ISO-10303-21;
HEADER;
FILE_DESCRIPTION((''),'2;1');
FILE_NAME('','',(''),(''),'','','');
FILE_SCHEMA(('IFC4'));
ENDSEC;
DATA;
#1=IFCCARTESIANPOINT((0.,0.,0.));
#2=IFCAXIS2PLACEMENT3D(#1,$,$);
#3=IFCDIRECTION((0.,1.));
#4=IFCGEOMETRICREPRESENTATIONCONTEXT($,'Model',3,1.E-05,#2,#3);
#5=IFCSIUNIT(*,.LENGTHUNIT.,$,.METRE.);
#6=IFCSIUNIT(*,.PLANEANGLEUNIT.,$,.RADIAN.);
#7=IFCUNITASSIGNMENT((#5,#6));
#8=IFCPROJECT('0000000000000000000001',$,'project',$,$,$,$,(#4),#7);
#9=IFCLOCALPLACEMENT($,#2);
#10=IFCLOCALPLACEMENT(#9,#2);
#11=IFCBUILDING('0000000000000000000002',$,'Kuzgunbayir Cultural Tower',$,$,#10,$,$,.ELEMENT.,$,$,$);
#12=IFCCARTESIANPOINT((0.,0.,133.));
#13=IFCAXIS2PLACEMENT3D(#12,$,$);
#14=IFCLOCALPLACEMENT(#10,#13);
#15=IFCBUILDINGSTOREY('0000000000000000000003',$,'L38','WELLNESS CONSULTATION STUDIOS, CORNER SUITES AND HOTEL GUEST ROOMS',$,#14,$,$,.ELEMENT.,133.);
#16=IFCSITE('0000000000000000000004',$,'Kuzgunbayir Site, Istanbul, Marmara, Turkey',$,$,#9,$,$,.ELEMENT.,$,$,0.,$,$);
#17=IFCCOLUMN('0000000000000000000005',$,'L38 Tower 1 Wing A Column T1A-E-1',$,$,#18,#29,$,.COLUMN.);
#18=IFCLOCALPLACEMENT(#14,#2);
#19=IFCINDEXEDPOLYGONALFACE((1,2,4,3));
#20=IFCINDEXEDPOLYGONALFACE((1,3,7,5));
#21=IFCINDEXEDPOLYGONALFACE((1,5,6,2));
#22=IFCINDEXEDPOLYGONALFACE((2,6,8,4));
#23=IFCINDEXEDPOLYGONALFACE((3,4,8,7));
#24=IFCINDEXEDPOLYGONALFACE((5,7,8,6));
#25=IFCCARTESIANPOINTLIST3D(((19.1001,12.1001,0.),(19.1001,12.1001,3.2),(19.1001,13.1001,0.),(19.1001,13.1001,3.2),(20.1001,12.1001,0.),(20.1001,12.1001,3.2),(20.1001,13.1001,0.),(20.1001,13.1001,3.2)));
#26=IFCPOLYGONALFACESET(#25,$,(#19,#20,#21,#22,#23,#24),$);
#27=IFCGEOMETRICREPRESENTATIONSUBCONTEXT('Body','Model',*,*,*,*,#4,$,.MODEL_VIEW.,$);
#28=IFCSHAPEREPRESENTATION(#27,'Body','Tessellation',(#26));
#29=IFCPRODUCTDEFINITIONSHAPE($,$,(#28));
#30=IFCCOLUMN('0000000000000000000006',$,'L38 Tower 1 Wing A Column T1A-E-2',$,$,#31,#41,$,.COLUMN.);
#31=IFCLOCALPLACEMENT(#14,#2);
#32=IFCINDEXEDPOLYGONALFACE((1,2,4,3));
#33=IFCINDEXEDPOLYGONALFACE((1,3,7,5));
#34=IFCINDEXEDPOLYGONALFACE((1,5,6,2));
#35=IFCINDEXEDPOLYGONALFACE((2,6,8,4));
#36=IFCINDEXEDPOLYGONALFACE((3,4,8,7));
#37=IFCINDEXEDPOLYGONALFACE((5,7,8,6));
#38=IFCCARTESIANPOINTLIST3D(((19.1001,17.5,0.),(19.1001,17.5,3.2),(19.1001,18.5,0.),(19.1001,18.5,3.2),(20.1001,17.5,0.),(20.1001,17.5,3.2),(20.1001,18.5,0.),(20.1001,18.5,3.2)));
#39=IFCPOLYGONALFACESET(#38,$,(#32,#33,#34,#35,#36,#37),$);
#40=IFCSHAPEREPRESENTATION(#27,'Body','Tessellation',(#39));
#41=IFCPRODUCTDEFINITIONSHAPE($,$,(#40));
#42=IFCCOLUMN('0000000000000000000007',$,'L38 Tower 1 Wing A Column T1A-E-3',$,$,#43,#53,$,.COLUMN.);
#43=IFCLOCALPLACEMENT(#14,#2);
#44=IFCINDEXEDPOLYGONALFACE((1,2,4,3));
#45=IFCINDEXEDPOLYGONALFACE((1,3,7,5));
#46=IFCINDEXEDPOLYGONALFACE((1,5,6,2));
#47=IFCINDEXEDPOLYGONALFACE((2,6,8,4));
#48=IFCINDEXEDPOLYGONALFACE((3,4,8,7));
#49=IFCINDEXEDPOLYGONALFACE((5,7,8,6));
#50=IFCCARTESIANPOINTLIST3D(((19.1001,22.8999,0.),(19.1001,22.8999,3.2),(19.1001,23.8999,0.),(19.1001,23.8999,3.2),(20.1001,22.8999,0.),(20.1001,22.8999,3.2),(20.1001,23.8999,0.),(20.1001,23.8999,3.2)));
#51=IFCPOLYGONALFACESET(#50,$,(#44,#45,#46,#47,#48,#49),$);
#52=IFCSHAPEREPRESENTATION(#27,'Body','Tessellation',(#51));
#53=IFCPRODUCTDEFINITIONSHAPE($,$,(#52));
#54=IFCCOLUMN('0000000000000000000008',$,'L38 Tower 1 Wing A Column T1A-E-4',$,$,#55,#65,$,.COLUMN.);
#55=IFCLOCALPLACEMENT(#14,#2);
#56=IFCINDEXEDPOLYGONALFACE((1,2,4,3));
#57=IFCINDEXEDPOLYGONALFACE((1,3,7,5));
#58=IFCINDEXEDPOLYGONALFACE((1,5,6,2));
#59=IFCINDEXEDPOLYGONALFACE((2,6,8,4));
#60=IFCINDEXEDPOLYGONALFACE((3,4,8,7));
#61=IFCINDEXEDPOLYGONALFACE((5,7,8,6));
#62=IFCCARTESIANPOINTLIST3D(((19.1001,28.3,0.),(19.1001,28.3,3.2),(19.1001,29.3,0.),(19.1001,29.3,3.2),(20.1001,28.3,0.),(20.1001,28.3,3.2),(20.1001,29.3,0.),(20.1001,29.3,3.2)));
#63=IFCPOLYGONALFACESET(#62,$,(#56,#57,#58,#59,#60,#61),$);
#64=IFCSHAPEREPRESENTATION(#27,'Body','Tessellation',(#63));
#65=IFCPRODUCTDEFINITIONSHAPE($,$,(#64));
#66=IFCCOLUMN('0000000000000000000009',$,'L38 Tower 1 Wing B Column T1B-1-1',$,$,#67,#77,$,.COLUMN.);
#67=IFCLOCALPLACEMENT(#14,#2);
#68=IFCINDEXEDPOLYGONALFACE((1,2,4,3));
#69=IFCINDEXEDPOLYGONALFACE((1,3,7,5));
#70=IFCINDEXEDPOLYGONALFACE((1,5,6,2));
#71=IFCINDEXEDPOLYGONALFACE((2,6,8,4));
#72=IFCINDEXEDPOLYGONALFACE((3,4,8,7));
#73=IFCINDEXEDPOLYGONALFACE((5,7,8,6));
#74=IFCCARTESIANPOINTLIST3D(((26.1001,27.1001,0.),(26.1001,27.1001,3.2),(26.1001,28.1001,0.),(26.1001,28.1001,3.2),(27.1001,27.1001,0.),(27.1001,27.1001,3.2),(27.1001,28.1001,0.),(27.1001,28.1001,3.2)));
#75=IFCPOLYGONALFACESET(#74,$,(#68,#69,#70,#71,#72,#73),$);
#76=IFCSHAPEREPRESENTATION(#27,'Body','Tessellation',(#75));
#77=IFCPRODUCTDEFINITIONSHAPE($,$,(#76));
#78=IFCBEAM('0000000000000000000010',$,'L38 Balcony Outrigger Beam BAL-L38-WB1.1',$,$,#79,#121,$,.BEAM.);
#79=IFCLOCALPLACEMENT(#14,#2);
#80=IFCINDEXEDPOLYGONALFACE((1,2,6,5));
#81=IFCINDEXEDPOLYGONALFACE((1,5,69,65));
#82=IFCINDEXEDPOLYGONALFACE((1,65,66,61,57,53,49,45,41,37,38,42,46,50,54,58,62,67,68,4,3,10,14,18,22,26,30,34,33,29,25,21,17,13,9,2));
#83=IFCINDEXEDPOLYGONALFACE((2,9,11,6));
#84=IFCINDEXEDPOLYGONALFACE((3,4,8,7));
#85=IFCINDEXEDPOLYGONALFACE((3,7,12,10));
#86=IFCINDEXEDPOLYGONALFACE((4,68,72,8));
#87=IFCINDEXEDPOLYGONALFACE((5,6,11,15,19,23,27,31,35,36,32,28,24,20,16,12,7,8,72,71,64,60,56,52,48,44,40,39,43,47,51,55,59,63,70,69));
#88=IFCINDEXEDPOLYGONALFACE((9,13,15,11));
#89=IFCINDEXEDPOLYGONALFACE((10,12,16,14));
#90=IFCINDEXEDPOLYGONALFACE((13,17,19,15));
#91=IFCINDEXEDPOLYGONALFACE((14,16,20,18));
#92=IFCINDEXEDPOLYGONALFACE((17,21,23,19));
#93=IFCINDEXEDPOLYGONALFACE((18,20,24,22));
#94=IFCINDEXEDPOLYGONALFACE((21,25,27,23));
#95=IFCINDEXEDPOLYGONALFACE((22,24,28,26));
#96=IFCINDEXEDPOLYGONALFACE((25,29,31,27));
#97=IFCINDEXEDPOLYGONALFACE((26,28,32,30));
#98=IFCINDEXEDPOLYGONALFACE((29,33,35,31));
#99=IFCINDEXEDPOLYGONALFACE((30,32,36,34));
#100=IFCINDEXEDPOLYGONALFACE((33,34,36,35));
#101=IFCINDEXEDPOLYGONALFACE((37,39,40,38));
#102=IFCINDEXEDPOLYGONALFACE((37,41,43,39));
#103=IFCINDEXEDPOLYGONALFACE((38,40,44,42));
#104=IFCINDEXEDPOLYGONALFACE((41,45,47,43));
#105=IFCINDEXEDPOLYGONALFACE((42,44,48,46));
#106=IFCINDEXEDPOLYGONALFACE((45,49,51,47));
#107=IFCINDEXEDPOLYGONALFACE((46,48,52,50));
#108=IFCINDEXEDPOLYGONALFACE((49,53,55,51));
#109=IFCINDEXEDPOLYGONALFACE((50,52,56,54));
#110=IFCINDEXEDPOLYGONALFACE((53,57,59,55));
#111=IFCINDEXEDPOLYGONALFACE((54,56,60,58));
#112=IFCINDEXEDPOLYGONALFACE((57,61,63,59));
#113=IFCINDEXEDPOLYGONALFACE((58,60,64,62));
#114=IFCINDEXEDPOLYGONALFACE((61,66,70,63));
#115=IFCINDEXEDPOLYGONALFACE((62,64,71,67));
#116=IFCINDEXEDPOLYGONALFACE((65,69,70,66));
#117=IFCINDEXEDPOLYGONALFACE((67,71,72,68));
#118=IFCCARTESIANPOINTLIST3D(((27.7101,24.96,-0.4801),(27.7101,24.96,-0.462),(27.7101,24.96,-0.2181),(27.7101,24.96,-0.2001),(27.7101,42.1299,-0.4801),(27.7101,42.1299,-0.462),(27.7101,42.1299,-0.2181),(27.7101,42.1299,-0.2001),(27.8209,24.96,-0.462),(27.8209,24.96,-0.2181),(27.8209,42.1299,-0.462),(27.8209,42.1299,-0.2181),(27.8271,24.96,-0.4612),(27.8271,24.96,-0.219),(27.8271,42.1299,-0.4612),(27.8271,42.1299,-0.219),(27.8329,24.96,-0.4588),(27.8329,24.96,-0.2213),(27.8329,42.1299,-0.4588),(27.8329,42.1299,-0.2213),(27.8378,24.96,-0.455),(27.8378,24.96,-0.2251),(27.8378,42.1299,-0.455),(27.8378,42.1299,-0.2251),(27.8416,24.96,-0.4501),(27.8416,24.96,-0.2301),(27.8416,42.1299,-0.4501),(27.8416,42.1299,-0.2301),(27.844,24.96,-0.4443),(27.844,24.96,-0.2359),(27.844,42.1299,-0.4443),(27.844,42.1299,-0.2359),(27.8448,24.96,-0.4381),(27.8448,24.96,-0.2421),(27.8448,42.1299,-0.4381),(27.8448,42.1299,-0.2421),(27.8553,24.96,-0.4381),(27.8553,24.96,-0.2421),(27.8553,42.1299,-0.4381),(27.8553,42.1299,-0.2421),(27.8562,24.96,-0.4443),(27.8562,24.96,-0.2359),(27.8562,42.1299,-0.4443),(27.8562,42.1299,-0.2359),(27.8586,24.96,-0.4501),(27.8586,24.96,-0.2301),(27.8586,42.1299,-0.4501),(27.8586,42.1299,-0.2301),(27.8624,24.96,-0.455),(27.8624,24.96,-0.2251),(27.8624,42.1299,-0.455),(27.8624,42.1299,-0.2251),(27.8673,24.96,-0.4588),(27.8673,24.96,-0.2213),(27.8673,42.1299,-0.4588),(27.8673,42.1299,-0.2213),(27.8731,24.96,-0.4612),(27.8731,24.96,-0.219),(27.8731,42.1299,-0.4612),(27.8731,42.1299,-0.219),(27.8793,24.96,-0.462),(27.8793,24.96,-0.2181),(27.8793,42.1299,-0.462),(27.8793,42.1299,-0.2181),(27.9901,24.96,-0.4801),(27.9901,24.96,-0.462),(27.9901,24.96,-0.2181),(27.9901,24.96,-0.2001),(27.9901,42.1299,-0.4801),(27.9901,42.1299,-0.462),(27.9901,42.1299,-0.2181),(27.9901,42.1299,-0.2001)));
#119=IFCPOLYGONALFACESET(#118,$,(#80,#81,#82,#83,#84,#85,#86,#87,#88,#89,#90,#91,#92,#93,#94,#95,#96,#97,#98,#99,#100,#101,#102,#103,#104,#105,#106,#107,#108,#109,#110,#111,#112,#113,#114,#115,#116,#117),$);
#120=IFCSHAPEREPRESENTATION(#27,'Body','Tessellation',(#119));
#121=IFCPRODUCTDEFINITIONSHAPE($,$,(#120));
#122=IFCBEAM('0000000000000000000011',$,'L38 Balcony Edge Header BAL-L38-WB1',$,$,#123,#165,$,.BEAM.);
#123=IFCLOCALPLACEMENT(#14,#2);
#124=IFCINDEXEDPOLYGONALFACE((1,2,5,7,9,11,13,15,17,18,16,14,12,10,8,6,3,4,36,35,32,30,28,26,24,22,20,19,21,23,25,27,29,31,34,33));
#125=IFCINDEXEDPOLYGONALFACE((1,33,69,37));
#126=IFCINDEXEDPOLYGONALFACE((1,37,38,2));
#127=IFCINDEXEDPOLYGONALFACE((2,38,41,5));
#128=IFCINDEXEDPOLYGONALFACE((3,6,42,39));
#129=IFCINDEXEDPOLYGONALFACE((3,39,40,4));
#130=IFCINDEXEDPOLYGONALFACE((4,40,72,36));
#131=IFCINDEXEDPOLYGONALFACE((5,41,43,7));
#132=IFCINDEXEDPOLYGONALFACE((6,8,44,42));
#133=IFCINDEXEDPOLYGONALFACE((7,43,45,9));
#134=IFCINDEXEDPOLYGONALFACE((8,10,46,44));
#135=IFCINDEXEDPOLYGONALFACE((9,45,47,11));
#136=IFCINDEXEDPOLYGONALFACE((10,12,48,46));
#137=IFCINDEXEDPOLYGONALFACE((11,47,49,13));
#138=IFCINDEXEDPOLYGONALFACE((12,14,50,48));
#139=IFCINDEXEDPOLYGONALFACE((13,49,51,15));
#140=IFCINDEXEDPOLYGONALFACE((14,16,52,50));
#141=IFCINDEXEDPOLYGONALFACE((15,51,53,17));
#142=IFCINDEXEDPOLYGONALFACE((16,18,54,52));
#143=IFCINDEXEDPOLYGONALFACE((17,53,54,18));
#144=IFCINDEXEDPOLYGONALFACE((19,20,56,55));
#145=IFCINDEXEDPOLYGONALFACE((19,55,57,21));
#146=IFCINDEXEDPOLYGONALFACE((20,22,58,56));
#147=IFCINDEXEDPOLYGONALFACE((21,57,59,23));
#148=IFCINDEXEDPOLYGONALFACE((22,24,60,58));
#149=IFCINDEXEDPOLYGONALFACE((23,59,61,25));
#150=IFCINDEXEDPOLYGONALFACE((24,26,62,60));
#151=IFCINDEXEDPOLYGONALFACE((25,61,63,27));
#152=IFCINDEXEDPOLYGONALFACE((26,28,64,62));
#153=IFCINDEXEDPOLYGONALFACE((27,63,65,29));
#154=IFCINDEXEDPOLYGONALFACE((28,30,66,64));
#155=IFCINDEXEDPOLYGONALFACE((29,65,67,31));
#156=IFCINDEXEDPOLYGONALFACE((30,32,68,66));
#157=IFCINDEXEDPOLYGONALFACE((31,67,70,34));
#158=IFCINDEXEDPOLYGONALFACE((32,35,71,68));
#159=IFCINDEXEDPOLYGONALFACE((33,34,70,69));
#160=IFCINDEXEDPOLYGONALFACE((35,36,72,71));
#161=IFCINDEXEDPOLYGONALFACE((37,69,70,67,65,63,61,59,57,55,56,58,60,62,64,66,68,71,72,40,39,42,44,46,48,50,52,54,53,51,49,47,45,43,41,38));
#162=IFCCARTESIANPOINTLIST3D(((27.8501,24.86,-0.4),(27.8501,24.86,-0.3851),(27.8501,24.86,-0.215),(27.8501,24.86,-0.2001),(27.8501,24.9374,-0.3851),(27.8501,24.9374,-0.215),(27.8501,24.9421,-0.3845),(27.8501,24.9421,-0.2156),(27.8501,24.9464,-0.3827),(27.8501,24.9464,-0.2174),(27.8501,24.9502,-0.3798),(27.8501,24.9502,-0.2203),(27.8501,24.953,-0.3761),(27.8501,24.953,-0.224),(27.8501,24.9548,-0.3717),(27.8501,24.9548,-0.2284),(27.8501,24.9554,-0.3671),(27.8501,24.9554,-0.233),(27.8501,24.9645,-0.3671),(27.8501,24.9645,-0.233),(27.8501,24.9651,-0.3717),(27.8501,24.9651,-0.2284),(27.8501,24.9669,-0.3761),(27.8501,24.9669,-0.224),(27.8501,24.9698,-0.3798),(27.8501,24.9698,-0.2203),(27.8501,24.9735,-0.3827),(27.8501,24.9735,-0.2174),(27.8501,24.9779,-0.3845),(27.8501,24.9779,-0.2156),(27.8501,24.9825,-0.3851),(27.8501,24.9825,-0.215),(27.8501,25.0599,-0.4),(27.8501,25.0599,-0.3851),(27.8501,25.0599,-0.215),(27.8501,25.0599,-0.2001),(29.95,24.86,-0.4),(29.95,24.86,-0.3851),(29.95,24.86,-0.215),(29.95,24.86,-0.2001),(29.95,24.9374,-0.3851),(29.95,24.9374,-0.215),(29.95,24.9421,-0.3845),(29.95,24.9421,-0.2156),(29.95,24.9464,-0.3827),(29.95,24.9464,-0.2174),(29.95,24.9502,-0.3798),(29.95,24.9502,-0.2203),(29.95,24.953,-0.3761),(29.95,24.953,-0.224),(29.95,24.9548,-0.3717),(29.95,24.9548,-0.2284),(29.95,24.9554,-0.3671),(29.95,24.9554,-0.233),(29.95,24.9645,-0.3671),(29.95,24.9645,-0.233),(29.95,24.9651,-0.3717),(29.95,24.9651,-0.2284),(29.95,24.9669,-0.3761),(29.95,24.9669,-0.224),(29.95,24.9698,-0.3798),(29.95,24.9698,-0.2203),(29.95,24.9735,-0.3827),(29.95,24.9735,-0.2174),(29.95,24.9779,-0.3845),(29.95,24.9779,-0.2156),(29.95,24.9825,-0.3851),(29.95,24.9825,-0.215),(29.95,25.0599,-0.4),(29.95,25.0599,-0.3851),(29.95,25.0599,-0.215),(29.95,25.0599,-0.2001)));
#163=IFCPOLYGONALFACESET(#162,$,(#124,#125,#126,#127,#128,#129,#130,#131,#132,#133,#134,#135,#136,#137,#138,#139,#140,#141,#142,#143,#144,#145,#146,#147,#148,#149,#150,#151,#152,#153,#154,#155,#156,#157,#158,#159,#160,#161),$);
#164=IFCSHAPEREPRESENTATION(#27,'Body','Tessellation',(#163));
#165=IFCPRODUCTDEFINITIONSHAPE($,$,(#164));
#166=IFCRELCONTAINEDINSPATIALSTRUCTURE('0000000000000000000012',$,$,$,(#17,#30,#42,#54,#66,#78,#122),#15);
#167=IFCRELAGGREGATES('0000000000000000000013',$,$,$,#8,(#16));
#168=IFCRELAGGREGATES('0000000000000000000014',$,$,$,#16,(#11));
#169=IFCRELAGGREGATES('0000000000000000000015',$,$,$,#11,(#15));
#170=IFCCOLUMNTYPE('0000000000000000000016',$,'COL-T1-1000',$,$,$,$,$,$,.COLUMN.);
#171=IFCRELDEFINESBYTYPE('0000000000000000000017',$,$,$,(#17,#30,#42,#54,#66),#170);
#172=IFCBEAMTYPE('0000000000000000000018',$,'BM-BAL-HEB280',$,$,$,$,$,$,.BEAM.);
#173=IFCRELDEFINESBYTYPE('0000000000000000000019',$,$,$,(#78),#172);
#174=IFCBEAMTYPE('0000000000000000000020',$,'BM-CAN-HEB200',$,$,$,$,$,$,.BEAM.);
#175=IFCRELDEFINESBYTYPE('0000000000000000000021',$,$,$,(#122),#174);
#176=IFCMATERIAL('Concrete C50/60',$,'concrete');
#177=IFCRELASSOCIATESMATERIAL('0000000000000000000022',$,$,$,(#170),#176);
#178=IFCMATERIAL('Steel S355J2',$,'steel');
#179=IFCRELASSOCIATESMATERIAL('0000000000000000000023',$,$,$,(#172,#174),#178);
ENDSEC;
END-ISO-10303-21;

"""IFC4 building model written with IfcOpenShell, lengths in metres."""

from ifc_helpers import new_model, si_unit, direction, frame, origin, origin_2d, place, context, subcontext, project, spatial, rectangle, i_section, extrude, material, material_profile, profile_set, type_object, element, save


model = new_model("IFC4")

# Units and contexts
model_context = context("Model", 3, precision=1e-05, world=origin(), true_north=direction((0.0, 1.0)))
body_context = subcontext(model_context, "Body", "Model", "MODEL_VIEW")
ifc_project = project(units=[si_unit("LENGTHUNIT", "METRE"), si_unit("PLANEANGLEUNIT", "RADIAN")], contexts=[model_context])

# Site, building, storey
site_placement = place(None, origin())
site = spatial("IfcSite", under=ifc_project, at=site_placement, Name="Kuzgunbayir Site, Istanbul, Marmara, Turkey", CompositionType="ELEMENT", RefElevation=0.0)
building_placement = place(site_placement, origin())
building = spatial("IfcBuilding", under=site, at=building_placement, Name="Kuzgunbayir Cultural Tower", CompositionType="ELEMENT")
storey_placement = place(building_placement, frame((0.0, 0.0, 133.0)))
storey = spatial("IfcBuildingStorey", under=building, at=storey_placement, Name="L38", Description="WELLNESS CONSULTATION STUDIOS, CORNER SUITES AND HOTEL GUEST ROOMS", CompositionType="ELEMENT", Elevation=133.0)

# Columns
ifc_material_1 = material(Name="Concrete C50/60", Category="concrete")
ifc_material_profile_1 = material_profile(ifc_material_1, rectangle(XDim=1.0, YDim=1.0, at=origin_2d()), Name="RC 1000x1000")
ifc_profile_set_1 = profile_set([ifc_material_profile_1], Name="Concrete C50/60")
column_type = type_object("IfcColumnType", Name="COL-T1-1000", PredefinedType="COLUMN", material=ifc_profile_set_1)
for number, where, z_axis, x_axis, name in (
    (1, (19.6001, 12.6001, 0.0), (0.0, 0.0, 1.0), (1.0, 0.0, 0.0), "L38 Tower 1 Wing A Column T1A-E-1"),
    (2, (19.6001, 18.0, 0.0), (0.0, 0.0, 1.0), (1.0, 0.0, 0.0), "L38 Tower 1 Wing A Column T1A-E-2"),
    (3, (19.6001, 23.3999, 0.0), (0.0, 0.0, 1.0), (1.0, 0.0, 0.0), "L38 Tower 1 Wing A Column T1A-E-3"),
    (4, (19.6001, 28.8, 0.0), (0.0, 0.0, 1.0), (1.0, 0.0, 0.0), "L38 Tower 1 Wing A Column T1A-E-4"),
    (5, (26.6001, 27.6001, 0.0), (0.0, 0.0, 1.0), (1.0, 0.0, 0.0), "L38 Tower 1 Wing B Column T1B-1-1"),
):
    element("IfcColumn", number, at=place(storey_placement, frame(where, z_axis=z_axis, x_axis=x_axis)), inside=storey, type_object=column_type, Name=name, PredefinedType="COLUMN", context=body_context, shape_type="SweptSolid", body=[
        extrude(rectangle(XDim=1.0, YDim=1.0, at=origin_2d()), origin(), (0.0, 0.0, 1.0), 3.2),
    ])

# Beams
ifc_material_2 = material(Name="Steel S355J2", Category="steel")
ifc_material_profile_2 = material_profile(ifc_material_2, i_section(OverallWidth=0.28, OverallDepth=0.28, WebThickness=0.0105, FlangeThickness=0.0181, FilletRadius=0.0239, at=origin_2d()), Name="HEB 280")
ifc_profile_set_2 = profile_set([ifc_material_profile_2], Name="Steel S355J2")
beam_type_1 = type_object("IfcBeamType", Name="BM-BAL-HEB280", PredefinedType="BEAM", material=ifc_profile_set_2)
beam_1_placement = place(storey_placement, frame((27.8501, 24.96, -0.3401), z_axis=(0.0, 1.0, 0.0), x_axis=(-1.0, 0.0, 0.0)))
element("IfcBeam", 6, at=beam_1_placement, inside=storey, type_object=beam_type_1, Name="L38 Balcony Outrigger Beam BAL-L38-WB1.1", PredefinedType="BEAM", context=body_context, shape_type="SweptSolid", body=[
    extrude(i_section(OverallWidth=0.28, OverallDepth=0.28, WebThickness=0.0105, FlangeThickness=0.0181, FilletRadius=0.0239, at=origin_2d()), origin(), (0.0, 0.0, 1.0), 17.1699),
])
ifc_material_profile_3 = material_profile(ifc_material_2, i_section(OverallWidth=0.2, OverallDepth=0.2, WebThickness=0.009, FlangeThickness=0.0149, FilletRadius=0.0181, at=origin_2d()), Name="HEB 200")
ifc_profile_set_3 = profile_set([ifc_material_profile_3], Name="Steel S355J2")
beam_type_2 = type_object("IfcBeamType", Name="BM-CAN-HEB200", PredefinedType="BEAM", material=ifc_profile_set_3)
beam_2_placement = place(storey_placement, frame((27.8501, 24.96, -0.3), z_axis=(1.0, 0.0, 0.0), x_axis=(0.0, 1.0, 0.0)))
element("IfcBeam", 7, at=beam_2_placement, inside=storey, type_object=beam_type_2, Name="L38 Balcony Edge Header BAL-L38-WB1", PredefinedType="BEAM", context=body_context, shape_type="SweptSolid", body=[
    extrude(i_section(OverallWidth=0.2, OverallDepth=0.2, WebThickness=0.009, FlangeThickness=0.0149, FilletRadius=0.0181, at=origin_2d()), origin(), (0.0, 0.0, 1.0), 2.0999),
])

save(model, "model.ifc")
